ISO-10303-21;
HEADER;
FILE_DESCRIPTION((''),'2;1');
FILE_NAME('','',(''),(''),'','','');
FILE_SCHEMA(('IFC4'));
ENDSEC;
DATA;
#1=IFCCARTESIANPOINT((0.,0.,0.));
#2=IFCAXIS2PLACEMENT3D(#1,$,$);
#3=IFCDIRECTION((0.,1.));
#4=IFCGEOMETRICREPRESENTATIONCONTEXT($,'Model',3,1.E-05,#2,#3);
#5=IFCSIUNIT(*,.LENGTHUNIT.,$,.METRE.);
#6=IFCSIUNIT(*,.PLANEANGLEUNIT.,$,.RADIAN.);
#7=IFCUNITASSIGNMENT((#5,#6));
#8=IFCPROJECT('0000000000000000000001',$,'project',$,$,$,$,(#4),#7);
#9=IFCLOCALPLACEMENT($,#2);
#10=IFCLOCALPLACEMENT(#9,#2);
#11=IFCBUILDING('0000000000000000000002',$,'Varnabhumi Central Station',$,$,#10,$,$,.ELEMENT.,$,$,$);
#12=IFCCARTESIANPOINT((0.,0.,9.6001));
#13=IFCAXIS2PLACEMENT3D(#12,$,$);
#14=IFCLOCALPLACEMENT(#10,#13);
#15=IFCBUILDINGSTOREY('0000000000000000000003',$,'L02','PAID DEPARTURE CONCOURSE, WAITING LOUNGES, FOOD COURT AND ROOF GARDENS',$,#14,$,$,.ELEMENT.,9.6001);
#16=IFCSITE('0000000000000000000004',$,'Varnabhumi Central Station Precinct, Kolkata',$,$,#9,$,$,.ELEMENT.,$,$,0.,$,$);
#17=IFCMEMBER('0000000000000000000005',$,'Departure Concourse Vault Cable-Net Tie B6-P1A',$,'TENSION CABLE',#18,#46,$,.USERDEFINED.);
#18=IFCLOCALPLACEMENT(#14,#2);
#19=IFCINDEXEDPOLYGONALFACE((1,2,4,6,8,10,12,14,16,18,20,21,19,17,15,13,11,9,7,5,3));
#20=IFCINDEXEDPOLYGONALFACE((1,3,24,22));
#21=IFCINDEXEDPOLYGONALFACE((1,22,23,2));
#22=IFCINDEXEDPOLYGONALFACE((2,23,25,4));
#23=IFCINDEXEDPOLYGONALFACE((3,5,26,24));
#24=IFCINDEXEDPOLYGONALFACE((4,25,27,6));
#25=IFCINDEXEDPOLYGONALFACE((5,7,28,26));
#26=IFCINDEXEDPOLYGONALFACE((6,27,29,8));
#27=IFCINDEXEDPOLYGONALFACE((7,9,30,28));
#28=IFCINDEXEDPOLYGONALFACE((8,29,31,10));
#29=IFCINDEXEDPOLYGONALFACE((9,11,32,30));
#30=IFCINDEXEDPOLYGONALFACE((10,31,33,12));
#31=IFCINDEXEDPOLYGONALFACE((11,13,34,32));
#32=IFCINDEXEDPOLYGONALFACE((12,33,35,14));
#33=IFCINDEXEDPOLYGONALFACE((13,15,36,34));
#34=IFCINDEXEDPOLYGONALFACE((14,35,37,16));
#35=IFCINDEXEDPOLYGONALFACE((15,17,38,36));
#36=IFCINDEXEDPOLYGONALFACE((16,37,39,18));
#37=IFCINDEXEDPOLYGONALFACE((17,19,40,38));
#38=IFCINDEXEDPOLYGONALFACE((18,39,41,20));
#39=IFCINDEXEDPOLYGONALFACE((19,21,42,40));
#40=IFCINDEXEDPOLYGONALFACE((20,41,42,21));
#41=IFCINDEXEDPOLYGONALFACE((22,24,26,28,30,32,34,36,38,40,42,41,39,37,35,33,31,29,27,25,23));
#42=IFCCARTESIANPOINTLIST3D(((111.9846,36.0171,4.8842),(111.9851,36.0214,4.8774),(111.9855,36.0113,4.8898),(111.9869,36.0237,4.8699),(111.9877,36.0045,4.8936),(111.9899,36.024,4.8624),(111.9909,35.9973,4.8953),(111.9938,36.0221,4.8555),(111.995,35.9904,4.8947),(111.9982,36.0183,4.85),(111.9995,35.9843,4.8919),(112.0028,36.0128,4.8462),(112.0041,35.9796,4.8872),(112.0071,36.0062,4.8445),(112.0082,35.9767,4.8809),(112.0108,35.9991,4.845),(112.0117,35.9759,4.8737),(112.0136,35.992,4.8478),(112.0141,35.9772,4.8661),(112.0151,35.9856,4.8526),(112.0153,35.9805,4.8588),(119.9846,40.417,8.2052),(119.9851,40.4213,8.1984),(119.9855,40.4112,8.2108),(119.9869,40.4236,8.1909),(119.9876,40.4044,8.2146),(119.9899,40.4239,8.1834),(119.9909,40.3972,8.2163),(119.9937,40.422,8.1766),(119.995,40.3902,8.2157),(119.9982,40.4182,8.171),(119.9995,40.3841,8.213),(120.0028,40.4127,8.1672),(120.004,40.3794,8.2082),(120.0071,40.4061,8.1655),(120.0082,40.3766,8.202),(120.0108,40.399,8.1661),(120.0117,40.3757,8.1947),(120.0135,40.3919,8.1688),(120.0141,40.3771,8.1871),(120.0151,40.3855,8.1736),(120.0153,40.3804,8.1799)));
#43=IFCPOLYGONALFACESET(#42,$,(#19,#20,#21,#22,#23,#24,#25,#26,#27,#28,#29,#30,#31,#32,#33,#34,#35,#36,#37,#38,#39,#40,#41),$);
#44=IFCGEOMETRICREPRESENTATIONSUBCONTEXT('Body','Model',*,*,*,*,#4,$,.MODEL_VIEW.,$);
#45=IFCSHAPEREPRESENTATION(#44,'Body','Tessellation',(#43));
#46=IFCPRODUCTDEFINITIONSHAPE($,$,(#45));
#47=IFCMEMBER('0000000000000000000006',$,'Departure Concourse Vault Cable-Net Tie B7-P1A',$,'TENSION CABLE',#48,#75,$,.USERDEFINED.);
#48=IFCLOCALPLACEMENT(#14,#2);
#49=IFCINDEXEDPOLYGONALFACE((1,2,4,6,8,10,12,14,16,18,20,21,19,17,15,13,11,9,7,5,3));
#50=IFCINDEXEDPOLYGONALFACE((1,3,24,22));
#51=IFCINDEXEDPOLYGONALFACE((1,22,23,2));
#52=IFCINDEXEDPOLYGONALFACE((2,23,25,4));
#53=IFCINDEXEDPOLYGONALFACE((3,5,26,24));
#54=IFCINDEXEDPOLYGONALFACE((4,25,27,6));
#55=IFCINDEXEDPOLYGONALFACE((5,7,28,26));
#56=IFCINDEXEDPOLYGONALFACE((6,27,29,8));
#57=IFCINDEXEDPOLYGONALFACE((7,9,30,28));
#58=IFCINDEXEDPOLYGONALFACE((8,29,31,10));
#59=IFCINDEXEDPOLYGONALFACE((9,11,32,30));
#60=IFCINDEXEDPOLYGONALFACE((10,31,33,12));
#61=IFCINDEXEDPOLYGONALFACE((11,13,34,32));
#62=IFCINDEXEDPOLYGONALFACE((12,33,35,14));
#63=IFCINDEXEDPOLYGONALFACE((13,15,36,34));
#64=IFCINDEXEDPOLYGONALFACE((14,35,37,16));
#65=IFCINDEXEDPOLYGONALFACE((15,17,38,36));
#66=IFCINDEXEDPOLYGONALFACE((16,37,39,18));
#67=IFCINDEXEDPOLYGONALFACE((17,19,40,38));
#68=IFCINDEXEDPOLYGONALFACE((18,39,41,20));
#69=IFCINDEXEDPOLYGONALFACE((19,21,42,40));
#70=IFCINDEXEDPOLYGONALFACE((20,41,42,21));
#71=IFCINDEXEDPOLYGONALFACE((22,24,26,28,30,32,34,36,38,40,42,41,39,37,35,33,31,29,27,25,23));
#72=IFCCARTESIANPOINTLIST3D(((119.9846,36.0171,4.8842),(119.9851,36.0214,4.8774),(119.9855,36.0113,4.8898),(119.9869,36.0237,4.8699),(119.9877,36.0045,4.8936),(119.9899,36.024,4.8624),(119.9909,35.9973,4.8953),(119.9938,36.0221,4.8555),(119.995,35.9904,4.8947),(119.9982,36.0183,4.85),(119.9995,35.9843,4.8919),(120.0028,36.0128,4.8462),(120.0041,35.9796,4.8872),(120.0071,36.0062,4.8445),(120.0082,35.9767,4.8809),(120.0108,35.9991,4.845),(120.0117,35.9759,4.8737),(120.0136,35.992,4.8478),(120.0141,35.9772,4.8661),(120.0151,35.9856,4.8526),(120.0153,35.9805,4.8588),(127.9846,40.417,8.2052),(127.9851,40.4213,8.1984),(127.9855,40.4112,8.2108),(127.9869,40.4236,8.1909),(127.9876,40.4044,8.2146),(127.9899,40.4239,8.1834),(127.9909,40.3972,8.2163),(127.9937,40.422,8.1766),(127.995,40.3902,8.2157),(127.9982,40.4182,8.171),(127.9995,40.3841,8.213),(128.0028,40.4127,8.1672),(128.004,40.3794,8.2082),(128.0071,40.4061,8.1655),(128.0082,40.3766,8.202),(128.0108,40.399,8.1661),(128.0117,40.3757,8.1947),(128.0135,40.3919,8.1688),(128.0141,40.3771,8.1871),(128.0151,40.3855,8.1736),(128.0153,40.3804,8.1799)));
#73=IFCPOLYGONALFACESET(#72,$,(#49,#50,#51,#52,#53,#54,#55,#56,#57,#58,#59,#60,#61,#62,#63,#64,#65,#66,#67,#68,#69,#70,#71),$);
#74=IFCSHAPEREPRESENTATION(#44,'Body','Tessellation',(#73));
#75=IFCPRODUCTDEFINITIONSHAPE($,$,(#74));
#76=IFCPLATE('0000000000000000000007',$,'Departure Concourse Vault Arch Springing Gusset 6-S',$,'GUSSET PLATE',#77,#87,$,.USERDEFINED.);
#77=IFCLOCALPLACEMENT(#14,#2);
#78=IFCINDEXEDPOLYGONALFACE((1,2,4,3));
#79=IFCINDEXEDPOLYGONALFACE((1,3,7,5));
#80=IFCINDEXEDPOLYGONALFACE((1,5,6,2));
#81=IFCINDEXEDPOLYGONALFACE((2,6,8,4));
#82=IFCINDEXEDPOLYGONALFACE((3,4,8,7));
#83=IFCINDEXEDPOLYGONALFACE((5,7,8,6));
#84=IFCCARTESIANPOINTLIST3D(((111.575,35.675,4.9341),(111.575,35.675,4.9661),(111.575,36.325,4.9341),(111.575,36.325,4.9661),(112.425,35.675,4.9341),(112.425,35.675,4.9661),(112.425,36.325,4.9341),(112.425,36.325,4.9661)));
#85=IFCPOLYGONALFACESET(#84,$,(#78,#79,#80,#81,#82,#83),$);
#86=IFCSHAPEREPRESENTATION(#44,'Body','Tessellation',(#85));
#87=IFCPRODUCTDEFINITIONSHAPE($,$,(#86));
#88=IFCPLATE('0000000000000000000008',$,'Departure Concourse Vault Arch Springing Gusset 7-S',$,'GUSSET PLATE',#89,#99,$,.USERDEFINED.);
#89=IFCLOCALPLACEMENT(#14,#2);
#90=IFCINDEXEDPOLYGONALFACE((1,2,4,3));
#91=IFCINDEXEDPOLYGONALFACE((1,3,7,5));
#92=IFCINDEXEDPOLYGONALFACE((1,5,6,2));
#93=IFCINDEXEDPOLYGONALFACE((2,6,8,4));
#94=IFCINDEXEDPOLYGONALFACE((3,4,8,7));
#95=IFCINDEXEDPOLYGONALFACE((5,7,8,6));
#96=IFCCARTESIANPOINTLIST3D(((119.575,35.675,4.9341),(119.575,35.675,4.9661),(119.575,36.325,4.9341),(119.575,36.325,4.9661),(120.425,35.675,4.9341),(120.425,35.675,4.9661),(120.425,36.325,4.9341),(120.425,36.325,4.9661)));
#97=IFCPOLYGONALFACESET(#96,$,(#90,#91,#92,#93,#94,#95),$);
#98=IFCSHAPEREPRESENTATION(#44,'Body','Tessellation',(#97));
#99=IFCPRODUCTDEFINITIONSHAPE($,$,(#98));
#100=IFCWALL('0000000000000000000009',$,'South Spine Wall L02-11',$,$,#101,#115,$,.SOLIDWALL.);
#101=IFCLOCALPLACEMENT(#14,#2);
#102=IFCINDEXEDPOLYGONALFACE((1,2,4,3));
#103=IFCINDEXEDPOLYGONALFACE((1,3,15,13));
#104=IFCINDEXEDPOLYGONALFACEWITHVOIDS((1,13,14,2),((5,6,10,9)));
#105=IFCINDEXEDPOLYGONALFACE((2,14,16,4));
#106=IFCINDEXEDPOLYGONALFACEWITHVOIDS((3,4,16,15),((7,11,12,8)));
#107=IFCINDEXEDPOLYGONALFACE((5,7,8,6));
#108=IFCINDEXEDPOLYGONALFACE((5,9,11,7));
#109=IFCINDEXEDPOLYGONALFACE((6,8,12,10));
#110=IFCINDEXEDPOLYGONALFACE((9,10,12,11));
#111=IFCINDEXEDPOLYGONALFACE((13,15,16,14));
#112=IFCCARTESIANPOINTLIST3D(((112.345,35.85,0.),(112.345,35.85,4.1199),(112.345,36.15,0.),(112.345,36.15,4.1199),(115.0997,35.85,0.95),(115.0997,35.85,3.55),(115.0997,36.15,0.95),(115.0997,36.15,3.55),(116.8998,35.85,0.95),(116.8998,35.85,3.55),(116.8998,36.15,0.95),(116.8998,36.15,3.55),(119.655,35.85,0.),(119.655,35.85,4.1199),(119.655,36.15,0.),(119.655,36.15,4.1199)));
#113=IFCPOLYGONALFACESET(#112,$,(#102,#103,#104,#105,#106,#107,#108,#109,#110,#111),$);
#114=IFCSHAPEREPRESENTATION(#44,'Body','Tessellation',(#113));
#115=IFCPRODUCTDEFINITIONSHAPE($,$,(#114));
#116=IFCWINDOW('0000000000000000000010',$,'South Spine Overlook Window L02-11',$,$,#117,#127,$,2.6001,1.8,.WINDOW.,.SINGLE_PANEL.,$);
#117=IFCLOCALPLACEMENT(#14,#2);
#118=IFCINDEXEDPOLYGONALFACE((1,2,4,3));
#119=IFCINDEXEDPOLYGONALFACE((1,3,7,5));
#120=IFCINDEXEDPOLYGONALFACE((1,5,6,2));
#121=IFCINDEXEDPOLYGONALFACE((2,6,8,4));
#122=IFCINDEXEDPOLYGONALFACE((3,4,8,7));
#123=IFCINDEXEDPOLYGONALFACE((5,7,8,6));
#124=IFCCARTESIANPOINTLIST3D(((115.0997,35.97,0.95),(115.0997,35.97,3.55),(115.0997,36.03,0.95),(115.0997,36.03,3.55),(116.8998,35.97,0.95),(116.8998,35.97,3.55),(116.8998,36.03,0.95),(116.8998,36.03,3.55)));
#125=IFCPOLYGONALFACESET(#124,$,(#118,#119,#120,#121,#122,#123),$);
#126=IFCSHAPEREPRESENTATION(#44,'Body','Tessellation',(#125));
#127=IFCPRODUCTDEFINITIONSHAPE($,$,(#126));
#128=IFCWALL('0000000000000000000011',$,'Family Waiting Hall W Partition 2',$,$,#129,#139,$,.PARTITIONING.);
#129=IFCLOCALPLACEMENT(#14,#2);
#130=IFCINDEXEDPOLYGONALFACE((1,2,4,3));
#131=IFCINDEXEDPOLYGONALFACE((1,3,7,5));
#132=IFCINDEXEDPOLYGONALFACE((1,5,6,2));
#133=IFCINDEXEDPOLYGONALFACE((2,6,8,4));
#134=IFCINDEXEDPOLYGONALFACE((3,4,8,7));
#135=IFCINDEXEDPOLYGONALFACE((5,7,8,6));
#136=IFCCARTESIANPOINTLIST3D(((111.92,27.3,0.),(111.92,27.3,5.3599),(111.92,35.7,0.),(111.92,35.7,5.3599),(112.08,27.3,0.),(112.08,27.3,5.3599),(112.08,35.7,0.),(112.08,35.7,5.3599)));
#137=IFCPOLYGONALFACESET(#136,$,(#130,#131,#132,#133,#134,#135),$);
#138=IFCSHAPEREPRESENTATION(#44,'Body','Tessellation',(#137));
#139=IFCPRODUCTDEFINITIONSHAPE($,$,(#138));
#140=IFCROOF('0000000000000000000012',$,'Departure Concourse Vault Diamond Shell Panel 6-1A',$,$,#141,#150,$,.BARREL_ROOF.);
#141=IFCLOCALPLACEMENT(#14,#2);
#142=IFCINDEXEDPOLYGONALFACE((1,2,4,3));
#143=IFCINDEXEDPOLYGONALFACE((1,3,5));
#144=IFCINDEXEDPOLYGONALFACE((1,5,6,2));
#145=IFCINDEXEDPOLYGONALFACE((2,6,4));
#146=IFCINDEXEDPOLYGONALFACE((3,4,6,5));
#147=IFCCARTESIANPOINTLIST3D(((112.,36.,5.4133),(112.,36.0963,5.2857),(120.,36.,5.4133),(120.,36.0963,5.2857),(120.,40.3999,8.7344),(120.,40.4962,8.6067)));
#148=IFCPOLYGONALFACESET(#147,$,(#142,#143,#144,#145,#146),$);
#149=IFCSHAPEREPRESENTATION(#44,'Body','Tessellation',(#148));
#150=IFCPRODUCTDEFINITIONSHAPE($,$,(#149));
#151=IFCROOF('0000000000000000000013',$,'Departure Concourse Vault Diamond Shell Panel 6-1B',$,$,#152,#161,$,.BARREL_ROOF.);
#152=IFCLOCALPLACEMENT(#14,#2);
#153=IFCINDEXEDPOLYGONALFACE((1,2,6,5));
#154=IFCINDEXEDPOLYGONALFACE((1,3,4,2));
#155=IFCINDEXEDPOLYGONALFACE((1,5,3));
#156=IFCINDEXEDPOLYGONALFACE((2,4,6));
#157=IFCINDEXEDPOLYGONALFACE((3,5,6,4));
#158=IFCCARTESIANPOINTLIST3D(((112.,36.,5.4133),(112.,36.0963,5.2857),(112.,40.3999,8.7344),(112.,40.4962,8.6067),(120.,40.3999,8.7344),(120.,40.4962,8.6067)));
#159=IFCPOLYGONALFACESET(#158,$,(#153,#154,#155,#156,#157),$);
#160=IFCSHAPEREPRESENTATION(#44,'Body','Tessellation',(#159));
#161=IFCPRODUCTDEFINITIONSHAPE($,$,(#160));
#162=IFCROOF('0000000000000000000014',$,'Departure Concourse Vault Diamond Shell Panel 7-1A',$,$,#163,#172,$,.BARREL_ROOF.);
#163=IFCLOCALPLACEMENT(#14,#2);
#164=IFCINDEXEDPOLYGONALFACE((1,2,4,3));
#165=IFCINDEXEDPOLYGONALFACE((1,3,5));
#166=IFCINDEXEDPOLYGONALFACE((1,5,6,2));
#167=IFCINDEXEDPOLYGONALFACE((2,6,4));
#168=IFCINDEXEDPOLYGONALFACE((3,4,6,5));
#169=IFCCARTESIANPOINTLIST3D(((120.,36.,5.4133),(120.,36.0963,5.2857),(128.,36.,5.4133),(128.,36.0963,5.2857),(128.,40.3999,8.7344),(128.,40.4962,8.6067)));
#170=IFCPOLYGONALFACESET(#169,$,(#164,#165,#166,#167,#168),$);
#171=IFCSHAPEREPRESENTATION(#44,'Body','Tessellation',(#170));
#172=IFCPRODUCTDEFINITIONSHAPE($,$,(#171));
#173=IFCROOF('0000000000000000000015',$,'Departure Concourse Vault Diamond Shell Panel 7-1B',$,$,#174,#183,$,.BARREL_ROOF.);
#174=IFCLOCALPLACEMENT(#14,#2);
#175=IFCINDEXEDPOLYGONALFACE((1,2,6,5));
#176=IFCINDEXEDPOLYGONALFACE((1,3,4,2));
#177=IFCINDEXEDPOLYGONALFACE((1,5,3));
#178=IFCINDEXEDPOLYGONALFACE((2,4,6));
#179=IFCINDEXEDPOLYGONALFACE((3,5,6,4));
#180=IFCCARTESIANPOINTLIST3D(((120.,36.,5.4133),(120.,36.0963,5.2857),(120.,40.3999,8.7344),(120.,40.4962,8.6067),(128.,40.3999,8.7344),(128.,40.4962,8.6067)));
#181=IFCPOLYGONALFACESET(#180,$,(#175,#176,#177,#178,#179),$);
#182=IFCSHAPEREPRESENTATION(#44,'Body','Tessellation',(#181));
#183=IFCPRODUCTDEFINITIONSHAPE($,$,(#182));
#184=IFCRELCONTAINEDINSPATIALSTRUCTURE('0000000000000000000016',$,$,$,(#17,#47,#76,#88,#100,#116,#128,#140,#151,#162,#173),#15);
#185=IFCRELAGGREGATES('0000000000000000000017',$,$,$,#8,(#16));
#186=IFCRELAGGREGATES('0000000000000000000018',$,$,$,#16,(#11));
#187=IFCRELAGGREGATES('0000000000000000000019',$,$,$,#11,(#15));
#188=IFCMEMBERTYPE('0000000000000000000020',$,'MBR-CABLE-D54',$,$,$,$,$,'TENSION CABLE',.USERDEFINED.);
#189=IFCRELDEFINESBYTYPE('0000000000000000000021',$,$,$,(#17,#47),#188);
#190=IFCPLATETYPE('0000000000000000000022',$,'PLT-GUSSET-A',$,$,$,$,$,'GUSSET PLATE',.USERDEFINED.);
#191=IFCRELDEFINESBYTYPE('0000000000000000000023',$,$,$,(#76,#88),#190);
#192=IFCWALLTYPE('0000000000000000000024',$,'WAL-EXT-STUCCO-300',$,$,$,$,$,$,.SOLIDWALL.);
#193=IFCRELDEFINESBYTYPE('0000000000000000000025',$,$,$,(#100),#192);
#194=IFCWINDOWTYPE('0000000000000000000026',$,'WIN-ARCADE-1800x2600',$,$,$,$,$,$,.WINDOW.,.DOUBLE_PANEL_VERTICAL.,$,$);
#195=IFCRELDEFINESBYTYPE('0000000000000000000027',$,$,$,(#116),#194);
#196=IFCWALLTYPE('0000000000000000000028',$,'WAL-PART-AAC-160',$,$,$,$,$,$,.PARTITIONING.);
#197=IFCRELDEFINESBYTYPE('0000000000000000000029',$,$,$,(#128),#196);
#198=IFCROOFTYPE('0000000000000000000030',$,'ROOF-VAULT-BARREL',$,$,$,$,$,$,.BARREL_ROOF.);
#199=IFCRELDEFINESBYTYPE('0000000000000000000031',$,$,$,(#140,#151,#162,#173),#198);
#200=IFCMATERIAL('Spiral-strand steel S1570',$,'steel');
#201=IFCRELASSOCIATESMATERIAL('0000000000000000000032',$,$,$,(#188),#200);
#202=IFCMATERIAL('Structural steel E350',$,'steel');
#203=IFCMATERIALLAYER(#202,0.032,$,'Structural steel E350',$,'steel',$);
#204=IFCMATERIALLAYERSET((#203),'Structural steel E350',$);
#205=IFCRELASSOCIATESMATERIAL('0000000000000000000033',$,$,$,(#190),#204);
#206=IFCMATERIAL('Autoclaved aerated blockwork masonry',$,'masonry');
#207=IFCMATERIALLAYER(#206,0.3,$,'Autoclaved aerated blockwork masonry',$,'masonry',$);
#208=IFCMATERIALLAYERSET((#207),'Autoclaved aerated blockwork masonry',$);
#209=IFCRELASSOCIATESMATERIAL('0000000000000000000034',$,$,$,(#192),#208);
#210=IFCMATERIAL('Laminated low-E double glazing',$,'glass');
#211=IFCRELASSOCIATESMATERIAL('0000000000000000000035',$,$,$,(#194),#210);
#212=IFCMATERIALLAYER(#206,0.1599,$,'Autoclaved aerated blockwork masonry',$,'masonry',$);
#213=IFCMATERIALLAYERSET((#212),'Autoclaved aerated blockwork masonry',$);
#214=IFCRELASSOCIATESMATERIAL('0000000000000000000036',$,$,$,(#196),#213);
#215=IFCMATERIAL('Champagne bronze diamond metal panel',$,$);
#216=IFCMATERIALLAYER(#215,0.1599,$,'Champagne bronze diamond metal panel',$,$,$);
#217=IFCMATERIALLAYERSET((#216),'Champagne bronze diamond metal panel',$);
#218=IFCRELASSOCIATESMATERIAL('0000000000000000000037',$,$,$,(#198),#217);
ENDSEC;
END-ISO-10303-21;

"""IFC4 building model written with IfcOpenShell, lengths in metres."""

from ifc_helpers import new_model, si_unit, direction, frame, frame_2d, origin, origin_2d, place, context, subcontext, project, spatial, polyline, rectangle, circle, outline, extrude, material, layer, layer_set, material_profile, profile_set, type_object, element, fill, save


model = new_model("IFC4")

# Units and contexts
model_context = context("Model", 3, precision=1e-05, world=origin(), true_north=direction((0.0, 1.0)))
body_context = subcontext(model_context, "Body", "Model", "MODEL_VIEW")
ifc_project = project(units=[si_unit("LENGTHUNIT", "METRE"), si_unit("PLANEANGLEUNIT", "RADIAN")], contexts=[model_context])

# Site, building, storey
site_placement = place(None, origin())
site = spatial("IfcSite", under=ifc_project, at=site_placement, Name="Varnabhumi Central Station Precinct, Kolkata", CompositionType="ELEMENT", RefElevation=0.0)
building_placement = place(site_placement, origin())
building = spatial("IfcBuilding", under=site, at=building_placement, Name="Varnabhumi Central Station", CompositionType="ELEMENT")
storey_placement = place(building_placement, frame((0.0, 0.0, 9.6001)))
storey = spatial("IfcBuildingStorey", under=building, at=storey_placement, Name="L02", Description="PAID DEPARTURE CONCOURSE, WAITING LOUNGES, FOOD COURT AND ROOF GARDENS", CompositionType="ELEMENT", Elevation=9.6001)

# Shared definitions
ifc_material_1 = material(Name="Structural steel E350", Category="steel")

# Members
ifc_material_2 = material(Name="Spiral-strand steel S1570", Category="steel")
ifc_material_profile_1 = material_profile(ifc_material_2, circle(Radius=0.0271, at=origin_2d()), Name="Spiral-strand steel S1570", Category="steel")
ifc_profile_set_1 = profile_set([ifc_material_profile_1], Name="Spiral-strand steel S1570")
member_type = type_object("IfcMemberType", Name="MBR-CABLE-D54", ElementType="TENSION CABLE", PredefinedType="USERDEFINED", material=ifc_profile_set_1)
for number, where, z_axis, x_axis, name in (
    (1, (112.0, 36.0, 4.8699), (0.823437, 0.45288, 0.341834), (-0.481911, 0.87622, 0.0), "Departure Concourse Vault Cable-Net Tie B6-P1A"),
    (2, (120.0, 36.0, 4.8699), (0.823437, 0.45288, 0.341834), (-0.481911, 0.87622, 0.0), "Departure Concourse Vault Cable-Net Tie B7-P1A"),
):
    element("IfcMember", number, at=place(storey_placement, frame(where, z_axis=z_axis, x_axis=x_axis)), inside=storey, type_object=member_type, Name=name, ObjectType="TENSION CABLE", PredefinedType="USERDEFINED", context=body_context, shape_type="SweptSolid", body=[
        extrude(circle(Radius=0.0271, at=origin_2d()), origin(), (0.0, 0.0, 1.0), 9.7153),
    ])

# Plates
ifc_layer_1 = layer(ifc_material_1, 0.032, Name="Structural steel E350", Category="steel")
ifc_layer_set_1 = layer_set([ifc_layer_1], Name="Structural steel E350")
plate_type = type_object("IfcPlateType", Name="PLT-GUSSET-A", ElementType="GUSSET PLATE", PredefinedType="USERDEFINED", material=ifc_layer_set_1)
for number, where, z_axis, x_axis, name in (
    (3, (112.0, 36.0, 4.9341), (0.0, 0.0, 1.0), (1.0, 0.0, 0.0), "Departure Concourse Vault Arch Springing Gusset 6-S"),
    (4, (120.0, 36.0, 4.9341), (0.0, 0.0, 1.0), (1.0, 0.0, 0.0), "Departure Concourse Vault Arch Springing Gusset 7-S"),
):
    element("IfcPlate", number, at=place(storey_placement, frame(where, z_axis=z_axis, x_axis=x_axis)), inside=storey, type_object=plate_type, Name=name, ObjectType="GUSSET PLATE", PredefinedType="USERDEFINED", context=body_context, shape_type="SweptSolid", body=[
        extrude(rectangle(XDim=0.8501, YDim=0.6499, at=origin_2d()), origin(), (0.0, 0.0, 1.0), 0.032),
    ])

# Wall, opening, window
ifc_material_3 = material(Name="Autoclaved aerated blockwork masonry", Category="masonry")
ifc_layer_2 = layer(ifc_material_3, 0.3, Name="Autoclaved aerated blockwork masonry", Category="masonry")
ifc_layer_set_2 = layer_set([ifc_layer_2], Name="Autoclaved aerated blockwork masonry")
wall_type_1 = type_object("IfcWallType", Name="WAL-EXT-STUCCO-300", PredefinedType="SOLIDWALL", material=ifc_layer_set_2)
wall_1_placement = place(storey_placement, frame((112.345, 36.0, 0.0), z_axis=(0.0, 0.0, 1.0), x_axis=(1.0, 0.0, 0.0)))
wall_1 = element("IfcWall", 5, at=wall_1_placement, inside=storey, type_object=wall_type_1, Name="South Spine Wall L02-11", PredefinedType="SOLIDWALL", context=body_context, shape_type="SweptSolid", body=[
    extrude(rectangle(XDim=7.3101, YDim=0.3, at=frame_2d((3.655, 0.0))), origin(), (0.0, 0.0, 1.0), 4.1199),
])
opening_placement = place(wall_1_placement, frame((2.7549, 0.0, 0.95)))
opening = element("IfcOpeningElement", 6, at=opening_placement, cuts=wall_1, PredefinedType="OPENING", context=body_context, shape_type="SweptSolid", body=[
    extrude(rectangle(XDim=1.8, YDim=2.6001, at=frame_2d((0.8999, 1.3))), frame((0.0, 0.1599, 0.0), z_axis=(0.0, -1.0, 0.0), x_axis=(1.0, 0.0, 0.0)), (0.0, 0.0, 1.0), 0.3201),
])
ifc_material_4 = material(Name="Laminated low-E double glazing", Category="glass")
window_type = type_object("IfcWindowType", Name="WIN-ARCADE-1800x2600", PartitioningType="DOUBLE_PANEL_VERTICAL", PredefinedType="WINDOW", material=ifc_material_4)
window_placement = place(opening_placement, origin())
window = element("IfcWindow", 7, at=window_placement, inside=storey, type_object=window_type, Name="South Spine Overlook Window L02-11", OverallHeight=2.6001, OverallWidth=1.8, PartitioningType="SINGLE_PANEL", PredefinedType="WINDOW", context=body_context, shape_type="SweptSolid", body=[
    extrude(rectangle(XDim=1.8, YDim=2.6001, at=frame_2d((0.8999, 1.3))), frame((0.0, 0.03, 0.0), z_axis=(0.0, -1.0, 0.0), x_axis=(1.0, 0.0, 0.0)), (0.0, 0.0, 1.0), 0.0601),
])
fill(opening, window)

# Wall
ifc_layer_3 = layer(ifc_material_3, 0.1599, Name="Autoclaved aerated blockwork masonry", Category="masonry")
ifc_layer_set_3 = layer_set([ifc_layer_3], Name="Autoclaved aerated blockwork masonry")
wall_type_2 = type_object("IfcWallType", Name="WAL-PART-AAC-160", PredefinedType="PARTITIONING", material=ifc_layer_set_3)
wall_2_placement = place(storey_placement, frame((112.0, 27.3, 0.0), z_axis=(0.0, 0.0, 1.0), x_axis=(0.0, 1.0, 0.0)))
element("IfcWall", 8, at=wall_2_placement, inside=storey, type_object=wall_type_2, Name="Family Waiting Hall W Partition 2", PredefinedType="PARTITIONING", context=body_context, shape_type="SweptSolid", body=[
    extrude(rectangle(XDim=8.3999, YDim=0.1599, at=frame_2d((4.2, 0.0))), origin(), (0.0, 0.0, 1.0), 5.3599),
])

# Roofs
ifc_material_5 = material(Name="Champagne bronze diamond metal panel")
ifc_layer_4 = layer(ifc_material_5, 0.1599, Name="Champagne bronze diamond metal panel")
ifc_layer_set_4 = layer_set([ifc_layer_4], Name="Champagne bronze diamond metal panel")
roof_type = type_object("IfcRoofType", Name="ROOF-VAULT-BARREL", PredefinedType="BARREL_ROOF", material=ifc_layer_set_4)
roof_1_placement = place(storey_placement, frame((112.0, 36.0, 5.4133), z_axis=(0.0, -0.602449, 0.798157), x_axis=(1.0, 0.0, 0.0)))
element("IfcRoof", 9, at=roof_1_placement, inside=storey, type_object=roof_type, Name="Departure Concourse Vault Diamond Shell Panel 6-1A", PredefinedType="BARREL_ROOF", context=body_context, shape_type="SweptSolid", body=[
    extrude(outline(polyline([(0.0, 0.0), (8.0, 0.0), (8.0, 5.5126), (0.0, 0.0)])), origin(), (0.0, 0.0, -1.0), 0.1599),
])
roof_2_placement = place(storey_placement, frame((112.0, 36.0, 5.4133), z_axis=(0.0, -0.602449, 0.798157), x_axis=(0.823437, 0.45288, 0.341834)))
element("IfcRoof", 10, at=roof_2_placement, inside=storey, type_object=roof_type, Name="Departure Concourse Vault Diamond Shell Panel 6-1B", PredefinedType="BARREL_ROOF", context=body_context, shape_type="SweptSolid", body=[
    extrude(outline(polyline([(0.0, 0.0), (9.7154, 0.0), (3.1279, 4.5393), (0.0, 0.0)])), origin(), (0.0, 0.0, -1.0), 0.1599),
])
roof_3_placement = place(storey_placement, frame((120.0, 36.0, 5.4133), z_axis=(0.0, -0.602449, 0.798157), x_axis=(1.0, 0.0, 0.0)))
element("IfcRoof", 11, at=roof_3_placement, inside=storey, type_object=roof_type, Name="Departure Concourse Vault Diamond Shell Panel 7-1A", PredefinedType="BARREL_ROOF", context=body_context, shape_type="SweptSolid", body=[
    extrude(outline(polyline([(0.0, 0.0), (8.0, 0.0), (8.0, 5.5126), (0.0, 0.0)])), origin(), (0.0, 0.0, -1.0), 0.1599),
])
roof_4_placement = place(storey_placement, frame((120.0, 36.0, 5.4133), z_axis=(0.0, -0.602449, 0.798157), x_axis=(0.823437, 0.45288, 0.341834)))
element("IfcRoof", 12, at=roof_4_placement, inside=storey, type_object=roof_type, Name="Departure Concourse Vault Diamond Shell Panel 7-1B", PredefinedType="BARREL_ROOF", context=body_context, shape_type="SweptSolid", body=[
    extrude(outline(polyline([(0.0, 0.0), (9.7154, 0.0), (3.1279, 4.5393), (0.0, 0.0)])), origin(), (0.0, 0.0, -1.0), 0.1599),
])

save(model, "model.ifc")
